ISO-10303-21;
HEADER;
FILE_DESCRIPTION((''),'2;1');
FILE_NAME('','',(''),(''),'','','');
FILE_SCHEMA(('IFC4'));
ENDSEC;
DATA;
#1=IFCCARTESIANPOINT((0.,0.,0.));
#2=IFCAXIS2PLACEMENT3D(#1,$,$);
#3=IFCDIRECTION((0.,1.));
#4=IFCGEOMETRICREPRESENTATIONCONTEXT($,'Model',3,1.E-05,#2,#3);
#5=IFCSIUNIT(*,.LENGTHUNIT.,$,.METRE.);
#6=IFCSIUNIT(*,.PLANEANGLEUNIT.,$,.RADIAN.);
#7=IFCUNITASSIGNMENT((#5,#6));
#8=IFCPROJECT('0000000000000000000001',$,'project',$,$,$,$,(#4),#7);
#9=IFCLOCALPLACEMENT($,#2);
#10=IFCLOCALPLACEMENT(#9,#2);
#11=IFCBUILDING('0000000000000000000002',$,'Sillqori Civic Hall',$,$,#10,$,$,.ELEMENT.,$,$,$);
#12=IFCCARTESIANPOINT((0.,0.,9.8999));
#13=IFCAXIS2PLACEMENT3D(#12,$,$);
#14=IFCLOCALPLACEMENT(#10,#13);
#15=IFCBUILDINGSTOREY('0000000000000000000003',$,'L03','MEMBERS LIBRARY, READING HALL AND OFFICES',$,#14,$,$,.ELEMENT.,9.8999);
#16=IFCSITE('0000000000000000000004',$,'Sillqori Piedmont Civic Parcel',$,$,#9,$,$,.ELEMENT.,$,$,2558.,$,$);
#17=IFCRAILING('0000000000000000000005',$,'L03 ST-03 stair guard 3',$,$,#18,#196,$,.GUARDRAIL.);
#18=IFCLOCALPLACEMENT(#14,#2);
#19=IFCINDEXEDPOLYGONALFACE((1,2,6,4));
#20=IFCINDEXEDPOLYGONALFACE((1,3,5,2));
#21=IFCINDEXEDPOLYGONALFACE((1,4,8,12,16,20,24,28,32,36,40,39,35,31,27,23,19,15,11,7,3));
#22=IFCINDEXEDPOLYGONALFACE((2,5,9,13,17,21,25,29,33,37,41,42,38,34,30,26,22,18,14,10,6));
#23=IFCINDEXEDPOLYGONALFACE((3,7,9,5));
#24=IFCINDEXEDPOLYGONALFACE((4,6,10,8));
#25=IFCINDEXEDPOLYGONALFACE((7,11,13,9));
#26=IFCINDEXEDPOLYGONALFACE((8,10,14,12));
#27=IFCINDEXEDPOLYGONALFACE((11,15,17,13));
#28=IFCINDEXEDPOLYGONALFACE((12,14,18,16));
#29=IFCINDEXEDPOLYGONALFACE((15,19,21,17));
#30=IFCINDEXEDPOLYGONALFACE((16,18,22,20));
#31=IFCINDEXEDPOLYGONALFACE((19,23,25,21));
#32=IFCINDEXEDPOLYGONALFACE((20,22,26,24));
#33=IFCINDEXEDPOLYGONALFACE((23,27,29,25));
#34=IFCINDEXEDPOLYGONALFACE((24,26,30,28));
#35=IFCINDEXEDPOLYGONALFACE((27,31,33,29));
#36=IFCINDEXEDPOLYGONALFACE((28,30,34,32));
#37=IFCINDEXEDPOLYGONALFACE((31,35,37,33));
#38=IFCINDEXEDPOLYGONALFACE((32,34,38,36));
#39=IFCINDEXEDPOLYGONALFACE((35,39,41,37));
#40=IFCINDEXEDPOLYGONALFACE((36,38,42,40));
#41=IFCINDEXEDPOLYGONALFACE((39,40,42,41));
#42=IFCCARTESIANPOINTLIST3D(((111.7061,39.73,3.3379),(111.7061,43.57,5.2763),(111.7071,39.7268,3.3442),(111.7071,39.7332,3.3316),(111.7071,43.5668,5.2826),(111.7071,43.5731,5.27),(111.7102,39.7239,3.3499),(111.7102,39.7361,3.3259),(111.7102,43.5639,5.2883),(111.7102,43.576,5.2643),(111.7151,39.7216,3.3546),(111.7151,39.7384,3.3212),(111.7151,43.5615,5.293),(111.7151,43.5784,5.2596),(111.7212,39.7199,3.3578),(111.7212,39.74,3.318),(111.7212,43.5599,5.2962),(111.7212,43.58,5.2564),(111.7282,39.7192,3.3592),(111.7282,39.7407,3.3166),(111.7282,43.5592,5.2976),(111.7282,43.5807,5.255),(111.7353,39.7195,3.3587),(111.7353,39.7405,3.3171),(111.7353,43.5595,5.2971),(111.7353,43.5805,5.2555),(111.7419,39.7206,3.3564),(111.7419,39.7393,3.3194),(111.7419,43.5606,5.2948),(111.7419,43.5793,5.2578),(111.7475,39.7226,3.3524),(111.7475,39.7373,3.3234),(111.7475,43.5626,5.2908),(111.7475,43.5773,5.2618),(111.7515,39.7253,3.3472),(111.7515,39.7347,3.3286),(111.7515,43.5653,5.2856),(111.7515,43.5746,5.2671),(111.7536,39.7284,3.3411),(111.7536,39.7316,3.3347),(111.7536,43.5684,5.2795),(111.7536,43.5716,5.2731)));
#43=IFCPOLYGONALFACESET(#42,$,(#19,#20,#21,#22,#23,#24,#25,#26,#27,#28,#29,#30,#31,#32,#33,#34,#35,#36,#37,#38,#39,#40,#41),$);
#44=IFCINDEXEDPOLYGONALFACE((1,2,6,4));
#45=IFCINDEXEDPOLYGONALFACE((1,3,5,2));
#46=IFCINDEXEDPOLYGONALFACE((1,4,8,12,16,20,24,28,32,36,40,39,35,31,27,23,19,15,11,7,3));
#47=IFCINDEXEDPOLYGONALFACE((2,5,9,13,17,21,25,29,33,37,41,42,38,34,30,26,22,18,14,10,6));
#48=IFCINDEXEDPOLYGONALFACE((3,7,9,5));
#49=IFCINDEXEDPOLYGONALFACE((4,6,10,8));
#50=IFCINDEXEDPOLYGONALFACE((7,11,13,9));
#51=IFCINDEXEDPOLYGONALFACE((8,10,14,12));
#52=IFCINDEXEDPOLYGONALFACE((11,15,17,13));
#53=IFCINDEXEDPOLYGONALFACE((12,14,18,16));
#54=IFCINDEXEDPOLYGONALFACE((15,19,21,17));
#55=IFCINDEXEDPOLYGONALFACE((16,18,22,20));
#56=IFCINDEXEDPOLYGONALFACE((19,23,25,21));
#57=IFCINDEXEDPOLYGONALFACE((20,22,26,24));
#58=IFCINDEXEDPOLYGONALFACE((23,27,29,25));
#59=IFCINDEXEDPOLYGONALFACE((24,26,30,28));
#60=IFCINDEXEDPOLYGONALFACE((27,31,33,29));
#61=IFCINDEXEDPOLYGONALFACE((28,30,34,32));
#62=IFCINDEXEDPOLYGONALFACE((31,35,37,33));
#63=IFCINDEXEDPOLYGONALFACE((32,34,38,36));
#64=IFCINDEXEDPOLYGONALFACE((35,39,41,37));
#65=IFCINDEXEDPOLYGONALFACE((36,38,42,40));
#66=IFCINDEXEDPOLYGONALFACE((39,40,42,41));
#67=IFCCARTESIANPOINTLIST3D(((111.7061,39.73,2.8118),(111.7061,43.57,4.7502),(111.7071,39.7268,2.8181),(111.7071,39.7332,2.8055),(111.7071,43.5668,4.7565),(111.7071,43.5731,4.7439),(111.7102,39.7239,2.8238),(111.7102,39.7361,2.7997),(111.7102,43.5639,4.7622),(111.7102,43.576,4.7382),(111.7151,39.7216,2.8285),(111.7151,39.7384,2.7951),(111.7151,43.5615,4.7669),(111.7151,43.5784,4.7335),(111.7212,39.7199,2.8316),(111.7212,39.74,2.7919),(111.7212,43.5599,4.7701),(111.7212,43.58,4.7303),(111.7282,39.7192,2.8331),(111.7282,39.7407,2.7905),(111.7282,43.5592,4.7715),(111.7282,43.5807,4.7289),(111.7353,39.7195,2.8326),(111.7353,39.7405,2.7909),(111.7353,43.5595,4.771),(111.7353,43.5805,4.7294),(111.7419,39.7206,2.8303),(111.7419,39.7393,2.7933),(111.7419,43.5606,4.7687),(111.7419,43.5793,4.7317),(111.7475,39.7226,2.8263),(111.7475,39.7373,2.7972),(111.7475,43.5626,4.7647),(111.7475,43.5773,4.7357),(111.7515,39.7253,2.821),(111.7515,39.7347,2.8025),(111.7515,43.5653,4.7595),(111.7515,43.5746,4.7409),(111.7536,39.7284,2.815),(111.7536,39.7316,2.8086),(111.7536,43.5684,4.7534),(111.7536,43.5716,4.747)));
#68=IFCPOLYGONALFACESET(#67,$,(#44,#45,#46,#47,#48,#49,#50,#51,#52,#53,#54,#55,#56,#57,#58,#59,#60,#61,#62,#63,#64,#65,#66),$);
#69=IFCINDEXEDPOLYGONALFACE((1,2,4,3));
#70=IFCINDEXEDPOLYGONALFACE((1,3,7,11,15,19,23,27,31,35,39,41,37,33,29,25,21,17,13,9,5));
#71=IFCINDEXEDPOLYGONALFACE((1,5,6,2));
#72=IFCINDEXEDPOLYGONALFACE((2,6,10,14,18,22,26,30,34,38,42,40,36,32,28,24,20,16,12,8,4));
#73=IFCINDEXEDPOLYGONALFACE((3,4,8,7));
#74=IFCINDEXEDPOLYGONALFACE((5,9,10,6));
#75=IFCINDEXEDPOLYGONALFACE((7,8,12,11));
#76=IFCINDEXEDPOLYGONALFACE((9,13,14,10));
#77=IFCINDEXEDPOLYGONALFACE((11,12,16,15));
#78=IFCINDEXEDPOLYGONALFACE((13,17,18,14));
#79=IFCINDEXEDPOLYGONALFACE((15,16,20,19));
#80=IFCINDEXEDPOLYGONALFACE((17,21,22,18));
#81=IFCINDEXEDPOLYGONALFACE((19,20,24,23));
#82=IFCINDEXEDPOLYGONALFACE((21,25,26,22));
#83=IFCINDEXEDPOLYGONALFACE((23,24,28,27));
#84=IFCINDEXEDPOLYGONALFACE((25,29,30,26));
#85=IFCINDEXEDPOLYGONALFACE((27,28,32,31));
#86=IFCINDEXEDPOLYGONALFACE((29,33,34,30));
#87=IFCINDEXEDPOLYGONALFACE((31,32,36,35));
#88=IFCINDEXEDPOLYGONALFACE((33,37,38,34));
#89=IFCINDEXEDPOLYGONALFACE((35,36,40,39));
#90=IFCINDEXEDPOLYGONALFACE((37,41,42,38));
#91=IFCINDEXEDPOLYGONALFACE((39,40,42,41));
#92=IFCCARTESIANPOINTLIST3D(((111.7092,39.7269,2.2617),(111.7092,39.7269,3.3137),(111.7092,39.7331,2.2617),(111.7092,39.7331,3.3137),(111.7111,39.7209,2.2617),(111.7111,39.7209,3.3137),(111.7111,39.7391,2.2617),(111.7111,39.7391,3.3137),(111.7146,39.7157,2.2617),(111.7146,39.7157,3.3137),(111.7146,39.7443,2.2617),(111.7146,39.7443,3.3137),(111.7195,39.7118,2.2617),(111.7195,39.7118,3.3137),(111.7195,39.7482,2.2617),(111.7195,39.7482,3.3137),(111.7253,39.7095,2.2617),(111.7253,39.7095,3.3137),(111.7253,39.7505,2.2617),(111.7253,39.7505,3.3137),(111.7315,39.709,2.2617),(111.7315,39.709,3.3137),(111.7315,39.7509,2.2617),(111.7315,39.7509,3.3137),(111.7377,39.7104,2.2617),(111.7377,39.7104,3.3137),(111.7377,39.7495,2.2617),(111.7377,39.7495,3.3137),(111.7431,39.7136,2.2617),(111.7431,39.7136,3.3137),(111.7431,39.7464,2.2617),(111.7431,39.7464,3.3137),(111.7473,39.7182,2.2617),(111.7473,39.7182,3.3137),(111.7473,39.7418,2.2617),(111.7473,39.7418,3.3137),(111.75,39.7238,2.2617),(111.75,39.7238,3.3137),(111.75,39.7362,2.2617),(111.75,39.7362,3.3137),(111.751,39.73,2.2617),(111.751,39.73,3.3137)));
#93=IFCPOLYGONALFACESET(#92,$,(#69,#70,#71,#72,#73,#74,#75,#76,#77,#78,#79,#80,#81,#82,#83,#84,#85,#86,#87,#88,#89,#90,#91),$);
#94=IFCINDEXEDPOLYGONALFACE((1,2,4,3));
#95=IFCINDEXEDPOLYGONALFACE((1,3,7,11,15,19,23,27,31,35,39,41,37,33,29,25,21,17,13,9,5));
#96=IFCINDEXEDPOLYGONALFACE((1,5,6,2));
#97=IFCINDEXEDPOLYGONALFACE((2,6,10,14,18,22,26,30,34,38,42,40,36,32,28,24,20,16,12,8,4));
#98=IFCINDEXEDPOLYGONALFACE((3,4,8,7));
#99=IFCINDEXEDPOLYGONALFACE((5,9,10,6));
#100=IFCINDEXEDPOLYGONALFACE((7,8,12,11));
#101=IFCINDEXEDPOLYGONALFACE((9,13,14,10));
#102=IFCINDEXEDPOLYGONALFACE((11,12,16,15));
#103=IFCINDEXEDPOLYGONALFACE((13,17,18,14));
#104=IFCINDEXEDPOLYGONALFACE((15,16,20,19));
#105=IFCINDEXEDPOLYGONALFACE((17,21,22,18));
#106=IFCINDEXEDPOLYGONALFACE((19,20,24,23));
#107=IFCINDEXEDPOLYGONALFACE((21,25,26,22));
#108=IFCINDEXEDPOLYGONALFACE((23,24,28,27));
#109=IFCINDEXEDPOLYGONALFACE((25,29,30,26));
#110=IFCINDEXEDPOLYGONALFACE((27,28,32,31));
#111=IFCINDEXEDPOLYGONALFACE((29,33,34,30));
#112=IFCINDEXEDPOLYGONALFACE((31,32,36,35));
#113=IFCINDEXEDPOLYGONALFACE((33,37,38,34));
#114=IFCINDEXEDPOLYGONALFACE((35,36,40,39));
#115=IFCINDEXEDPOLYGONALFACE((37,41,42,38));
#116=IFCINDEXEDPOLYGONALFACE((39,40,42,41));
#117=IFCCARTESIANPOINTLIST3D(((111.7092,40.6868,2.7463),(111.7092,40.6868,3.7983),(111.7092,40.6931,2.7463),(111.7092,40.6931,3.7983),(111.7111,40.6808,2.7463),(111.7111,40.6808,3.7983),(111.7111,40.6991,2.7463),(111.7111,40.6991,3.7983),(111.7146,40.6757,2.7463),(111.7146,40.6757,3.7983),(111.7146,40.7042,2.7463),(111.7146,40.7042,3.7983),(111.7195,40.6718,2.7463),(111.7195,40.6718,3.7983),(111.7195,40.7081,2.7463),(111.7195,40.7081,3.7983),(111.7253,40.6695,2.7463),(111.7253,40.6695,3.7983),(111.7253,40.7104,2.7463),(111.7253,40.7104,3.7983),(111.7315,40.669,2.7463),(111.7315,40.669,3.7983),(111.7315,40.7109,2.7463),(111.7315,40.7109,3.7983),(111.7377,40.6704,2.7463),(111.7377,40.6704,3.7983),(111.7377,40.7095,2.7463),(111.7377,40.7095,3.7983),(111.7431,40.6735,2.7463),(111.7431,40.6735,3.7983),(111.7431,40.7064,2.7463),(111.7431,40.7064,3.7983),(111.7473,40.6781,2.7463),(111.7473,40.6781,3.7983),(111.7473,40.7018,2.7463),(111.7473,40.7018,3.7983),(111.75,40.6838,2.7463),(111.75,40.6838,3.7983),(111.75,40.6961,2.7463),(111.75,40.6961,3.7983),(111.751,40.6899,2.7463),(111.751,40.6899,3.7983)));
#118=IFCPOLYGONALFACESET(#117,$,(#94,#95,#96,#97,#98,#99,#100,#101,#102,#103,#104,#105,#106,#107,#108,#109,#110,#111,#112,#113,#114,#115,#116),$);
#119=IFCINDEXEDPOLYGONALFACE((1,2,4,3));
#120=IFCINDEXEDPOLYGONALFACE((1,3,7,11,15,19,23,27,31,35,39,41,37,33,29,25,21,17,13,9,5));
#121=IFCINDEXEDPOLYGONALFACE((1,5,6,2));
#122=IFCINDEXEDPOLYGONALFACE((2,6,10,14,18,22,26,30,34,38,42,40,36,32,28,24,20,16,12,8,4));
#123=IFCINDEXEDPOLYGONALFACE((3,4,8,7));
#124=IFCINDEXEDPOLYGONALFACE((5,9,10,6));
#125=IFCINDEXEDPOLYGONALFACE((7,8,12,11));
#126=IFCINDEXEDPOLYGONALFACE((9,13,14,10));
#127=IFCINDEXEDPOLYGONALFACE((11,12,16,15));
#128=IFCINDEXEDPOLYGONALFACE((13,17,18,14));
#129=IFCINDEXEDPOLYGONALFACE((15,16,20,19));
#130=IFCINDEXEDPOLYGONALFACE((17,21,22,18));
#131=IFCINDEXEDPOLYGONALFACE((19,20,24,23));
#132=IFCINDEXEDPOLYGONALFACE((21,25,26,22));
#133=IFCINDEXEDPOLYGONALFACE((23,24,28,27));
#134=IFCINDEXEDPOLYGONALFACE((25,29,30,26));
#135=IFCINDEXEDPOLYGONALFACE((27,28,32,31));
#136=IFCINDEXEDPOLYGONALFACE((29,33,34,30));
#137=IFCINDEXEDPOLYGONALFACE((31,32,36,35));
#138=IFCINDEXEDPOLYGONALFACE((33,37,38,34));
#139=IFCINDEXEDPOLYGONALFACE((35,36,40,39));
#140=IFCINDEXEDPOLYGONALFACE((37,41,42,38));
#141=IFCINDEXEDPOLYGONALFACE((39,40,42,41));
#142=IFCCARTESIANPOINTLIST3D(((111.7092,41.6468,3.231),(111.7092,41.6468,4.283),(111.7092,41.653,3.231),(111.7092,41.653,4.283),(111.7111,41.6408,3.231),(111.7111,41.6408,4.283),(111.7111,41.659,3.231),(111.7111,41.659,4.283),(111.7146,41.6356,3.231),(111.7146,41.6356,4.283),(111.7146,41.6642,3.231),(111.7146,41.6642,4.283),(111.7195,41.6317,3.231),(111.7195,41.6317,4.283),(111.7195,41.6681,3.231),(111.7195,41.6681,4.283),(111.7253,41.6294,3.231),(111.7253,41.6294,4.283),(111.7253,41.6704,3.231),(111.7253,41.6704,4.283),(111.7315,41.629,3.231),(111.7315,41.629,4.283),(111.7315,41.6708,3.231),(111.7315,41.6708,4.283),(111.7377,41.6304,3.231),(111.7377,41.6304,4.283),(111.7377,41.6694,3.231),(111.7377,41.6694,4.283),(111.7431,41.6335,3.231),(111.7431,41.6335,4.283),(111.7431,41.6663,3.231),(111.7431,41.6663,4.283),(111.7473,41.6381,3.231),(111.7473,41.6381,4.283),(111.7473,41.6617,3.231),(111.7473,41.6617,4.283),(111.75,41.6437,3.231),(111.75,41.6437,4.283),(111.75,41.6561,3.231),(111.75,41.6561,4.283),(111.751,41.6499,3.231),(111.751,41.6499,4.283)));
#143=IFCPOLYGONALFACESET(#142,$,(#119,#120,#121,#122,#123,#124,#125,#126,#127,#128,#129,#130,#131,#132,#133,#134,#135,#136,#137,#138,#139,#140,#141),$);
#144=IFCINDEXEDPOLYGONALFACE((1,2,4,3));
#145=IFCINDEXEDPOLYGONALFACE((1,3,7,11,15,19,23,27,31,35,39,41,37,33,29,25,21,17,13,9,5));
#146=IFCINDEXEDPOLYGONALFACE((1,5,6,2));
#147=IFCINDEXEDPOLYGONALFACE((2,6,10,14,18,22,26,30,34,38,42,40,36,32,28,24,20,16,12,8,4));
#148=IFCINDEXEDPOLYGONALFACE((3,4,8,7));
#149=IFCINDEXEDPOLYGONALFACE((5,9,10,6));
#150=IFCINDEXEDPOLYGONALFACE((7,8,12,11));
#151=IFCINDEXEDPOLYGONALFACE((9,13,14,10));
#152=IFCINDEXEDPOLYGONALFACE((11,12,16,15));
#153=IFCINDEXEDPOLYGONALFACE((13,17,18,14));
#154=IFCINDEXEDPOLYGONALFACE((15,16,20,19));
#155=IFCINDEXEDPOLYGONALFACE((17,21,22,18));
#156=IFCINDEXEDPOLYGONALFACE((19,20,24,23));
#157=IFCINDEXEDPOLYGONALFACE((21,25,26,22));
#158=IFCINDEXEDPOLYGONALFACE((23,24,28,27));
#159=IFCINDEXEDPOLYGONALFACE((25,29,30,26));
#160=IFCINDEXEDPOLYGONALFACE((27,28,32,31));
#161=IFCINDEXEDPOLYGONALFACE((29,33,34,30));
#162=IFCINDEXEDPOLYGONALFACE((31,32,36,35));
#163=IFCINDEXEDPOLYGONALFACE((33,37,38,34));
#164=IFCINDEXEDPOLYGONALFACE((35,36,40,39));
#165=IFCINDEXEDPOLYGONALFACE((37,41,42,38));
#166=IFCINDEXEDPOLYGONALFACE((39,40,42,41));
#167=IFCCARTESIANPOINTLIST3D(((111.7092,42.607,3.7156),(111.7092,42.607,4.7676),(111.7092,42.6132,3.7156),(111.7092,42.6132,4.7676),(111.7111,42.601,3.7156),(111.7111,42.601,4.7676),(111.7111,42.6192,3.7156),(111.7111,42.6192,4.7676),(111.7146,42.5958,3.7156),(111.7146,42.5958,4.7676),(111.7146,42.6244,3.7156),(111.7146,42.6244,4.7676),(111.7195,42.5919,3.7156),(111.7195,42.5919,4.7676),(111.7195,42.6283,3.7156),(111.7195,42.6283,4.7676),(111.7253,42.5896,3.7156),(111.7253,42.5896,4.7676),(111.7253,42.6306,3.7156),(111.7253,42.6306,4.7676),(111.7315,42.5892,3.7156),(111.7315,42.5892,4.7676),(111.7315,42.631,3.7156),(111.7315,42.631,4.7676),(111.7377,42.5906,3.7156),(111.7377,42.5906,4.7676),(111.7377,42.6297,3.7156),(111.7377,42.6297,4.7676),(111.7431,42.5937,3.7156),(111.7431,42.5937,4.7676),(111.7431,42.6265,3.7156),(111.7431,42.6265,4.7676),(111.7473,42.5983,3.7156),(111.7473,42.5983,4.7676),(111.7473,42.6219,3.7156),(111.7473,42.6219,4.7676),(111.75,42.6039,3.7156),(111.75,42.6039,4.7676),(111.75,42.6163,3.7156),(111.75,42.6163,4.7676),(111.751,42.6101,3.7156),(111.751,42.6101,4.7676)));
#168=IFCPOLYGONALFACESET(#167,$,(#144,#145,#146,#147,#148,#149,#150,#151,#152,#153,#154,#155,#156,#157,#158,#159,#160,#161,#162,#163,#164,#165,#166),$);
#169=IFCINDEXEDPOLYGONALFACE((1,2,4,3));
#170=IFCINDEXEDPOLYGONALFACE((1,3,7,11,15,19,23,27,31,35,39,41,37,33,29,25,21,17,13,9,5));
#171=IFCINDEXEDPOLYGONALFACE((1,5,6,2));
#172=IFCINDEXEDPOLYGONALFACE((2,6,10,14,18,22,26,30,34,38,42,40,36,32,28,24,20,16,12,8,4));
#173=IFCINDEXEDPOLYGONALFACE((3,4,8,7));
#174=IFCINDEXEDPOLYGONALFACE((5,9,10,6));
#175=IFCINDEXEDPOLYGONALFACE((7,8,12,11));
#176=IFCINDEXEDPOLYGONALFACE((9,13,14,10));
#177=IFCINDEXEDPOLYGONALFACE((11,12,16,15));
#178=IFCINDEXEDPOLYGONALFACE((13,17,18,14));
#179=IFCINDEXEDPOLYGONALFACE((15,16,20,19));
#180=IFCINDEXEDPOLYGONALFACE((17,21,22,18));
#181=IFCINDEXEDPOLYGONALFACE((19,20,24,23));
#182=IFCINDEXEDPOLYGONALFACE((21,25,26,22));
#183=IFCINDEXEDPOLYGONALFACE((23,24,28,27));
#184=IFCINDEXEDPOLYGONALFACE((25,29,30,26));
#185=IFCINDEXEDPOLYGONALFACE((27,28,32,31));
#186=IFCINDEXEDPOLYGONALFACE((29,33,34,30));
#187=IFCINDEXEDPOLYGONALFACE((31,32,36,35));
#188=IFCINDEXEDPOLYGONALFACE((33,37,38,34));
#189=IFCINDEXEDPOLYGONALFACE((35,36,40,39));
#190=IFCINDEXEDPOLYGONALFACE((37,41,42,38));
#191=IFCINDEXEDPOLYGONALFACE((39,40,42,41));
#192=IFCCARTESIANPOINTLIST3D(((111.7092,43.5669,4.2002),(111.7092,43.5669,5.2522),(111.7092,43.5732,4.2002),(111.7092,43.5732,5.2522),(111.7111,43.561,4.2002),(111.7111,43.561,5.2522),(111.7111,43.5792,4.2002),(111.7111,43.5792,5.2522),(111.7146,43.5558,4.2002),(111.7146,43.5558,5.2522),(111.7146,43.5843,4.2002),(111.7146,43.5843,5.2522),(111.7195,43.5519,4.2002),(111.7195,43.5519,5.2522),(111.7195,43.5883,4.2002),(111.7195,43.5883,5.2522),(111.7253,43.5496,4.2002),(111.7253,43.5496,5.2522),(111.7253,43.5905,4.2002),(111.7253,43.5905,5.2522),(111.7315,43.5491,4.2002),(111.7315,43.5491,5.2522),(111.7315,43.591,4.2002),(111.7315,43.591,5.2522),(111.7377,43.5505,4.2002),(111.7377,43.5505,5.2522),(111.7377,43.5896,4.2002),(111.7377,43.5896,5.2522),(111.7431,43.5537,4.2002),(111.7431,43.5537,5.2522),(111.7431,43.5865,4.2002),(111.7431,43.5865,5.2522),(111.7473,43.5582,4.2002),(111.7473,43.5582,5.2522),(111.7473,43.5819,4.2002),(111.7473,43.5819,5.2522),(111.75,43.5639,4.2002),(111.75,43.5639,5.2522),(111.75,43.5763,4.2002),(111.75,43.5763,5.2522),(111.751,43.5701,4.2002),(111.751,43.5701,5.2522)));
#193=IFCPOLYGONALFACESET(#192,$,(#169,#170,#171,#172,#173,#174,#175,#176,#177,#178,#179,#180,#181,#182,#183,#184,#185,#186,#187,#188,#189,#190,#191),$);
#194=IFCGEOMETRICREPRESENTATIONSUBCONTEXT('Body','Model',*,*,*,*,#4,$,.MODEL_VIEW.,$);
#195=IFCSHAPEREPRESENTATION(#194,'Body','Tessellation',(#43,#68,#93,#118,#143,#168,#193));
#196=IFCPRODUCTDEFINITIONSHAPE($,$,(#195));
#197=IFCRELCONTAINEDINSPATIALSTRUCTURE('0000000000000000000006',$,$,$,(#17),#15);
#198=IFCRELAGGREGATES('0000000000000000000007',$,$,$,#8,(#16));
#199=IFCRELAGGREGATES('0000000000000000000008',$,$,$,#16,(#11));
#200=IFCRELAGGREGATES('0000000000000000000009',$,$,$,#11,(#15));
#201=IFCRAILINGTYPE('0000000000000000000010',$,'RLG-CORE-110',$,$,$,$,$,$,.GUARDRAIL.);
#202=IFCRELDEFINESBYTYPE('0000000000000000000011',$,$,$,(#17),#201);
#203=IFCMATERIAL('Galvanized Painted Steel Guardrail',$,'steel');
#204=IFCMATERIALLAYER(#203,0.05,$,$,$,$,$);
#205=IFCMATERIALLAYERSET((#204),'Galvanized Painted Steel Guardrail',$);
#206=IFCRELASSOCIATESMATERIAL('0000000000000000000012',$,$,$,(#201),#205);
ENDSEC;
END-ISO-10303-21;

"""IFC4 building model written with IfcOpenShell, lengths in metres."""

from ifc_helpers import new_model, si_unit, direction, frame, origin, origin_2d, place, context, subcontext, project, spatial, circle, extrude, material, layer, layer_set, type_object, element, save


model = new_model("IFC4")

# Units and contexts
model_context = context("Model", 3, precision=1e-05, world=origin(), true_north=direction((0.0, 1.0)))
body_context = subcontext(model_context, "Body", "Model", "MODEL_VIEW")
ifc_project = project(units=[si_unit("LENGTHUNIT", "METRE"), si_unit("PLANEANGLEUNIT", "RADIAN")], contexts=[model_context])

# Site, building, storey
site_placement = place(None, origin())
site = spatial("IfcSite", under=ifc_project, at=site_placement, Name="Sillqori Piedmont Civic Parcel", CompositionType="ELEMENT", RefElevation=2558.0)
building_placement = place(site_placement, origin())
building = spatial("IfcBuilding", under=site, at=building_placement, Name="Sillqori Civic Hall", CompositionType="ELEMENT")
storey_placement = place(building_placement, frame((0.0, 0.0, 9.8999)))
storey = spatial("IfcBuildingStorey", under=building, at=storey_placement, Name="L03", Description="MEMBERS LIBRARY, READING HALL AND OFFICES", CompositionType="ELEMENT", Elevation=9.8999)

# Railing
ifc_material_1 = material(Name="Galvanized Painted Steel Guardrail", Category="steel")
ifc_layer_1 = layer(ifc_material_1, 0.05)
ifc_layer_set_1 = layer_set([ifc_layer_1], Name="Galvanized Painted Steel Guardrail")
railing_type_1 = type_object("IfcRailingType", Name="RLG-CORE-110", PredefinedType="GUARDRAIL", material=ifc_layer_set_1)
railing_1_placement = place(storey_placement, frame((111.73, 39.73, 2.2617)))
element("IfcRailing", 1, at=railing_1_placement, inside=storey, type_object=railing_type_1, Name="L03 ST-03 stair guard 3", PredefinedType="GUARDRAIL", context=body_context, shape_type="SweptSolid", body=[
    extrude(circle(Radius=0.0239, at=origin_2d()), frame((0.0, 0.0, 1.0762), z_axis=(0.0, 0.892707, 0.450638), x_axis=(-1.0, 0.0, 0.0)), (0.0, 0.0, 1.0), 4.3015),
    extrude(circle(Radius=0.0239, at=origin_2d()), frame((0.0, 0.0, 0.55), z_axis=(0.0, 0.892707, 0.450638), x_axis=(-1.0, 0.0, 0.0)), (0.0, 0.0, 1.0), 4.3015),
    extrude(circle(Radius=0.021, at=origin_2d()), origin(), (0.0, 0.0, 1.0), 1.052),
    extrude(circle(Radius=0.021, at=origin_2d()), frame((0.0, 0.96, 0.4846)), (0.0, 0.0, 1.0), 1.052),
    extrude(circle(Radius=0.021, at=origin_2d()), frame((0.0, 1.9199, 0.9692)), (0.0, 0.0, 1.0), 1.052),
    extrude(circle(Radius=0.021, at=origin_2d()), frame((0.0, 2.8801, 1.4539)), (0.0, 0.0, 1.0), 1.052),
    extrude(circle(Radius=0.021, at=origin_2d()), frame((0.0, 3.8401, 1.9385)), (0.0, 0.0, 1.0), 1.052),
])

save(model, "model.ifc")
